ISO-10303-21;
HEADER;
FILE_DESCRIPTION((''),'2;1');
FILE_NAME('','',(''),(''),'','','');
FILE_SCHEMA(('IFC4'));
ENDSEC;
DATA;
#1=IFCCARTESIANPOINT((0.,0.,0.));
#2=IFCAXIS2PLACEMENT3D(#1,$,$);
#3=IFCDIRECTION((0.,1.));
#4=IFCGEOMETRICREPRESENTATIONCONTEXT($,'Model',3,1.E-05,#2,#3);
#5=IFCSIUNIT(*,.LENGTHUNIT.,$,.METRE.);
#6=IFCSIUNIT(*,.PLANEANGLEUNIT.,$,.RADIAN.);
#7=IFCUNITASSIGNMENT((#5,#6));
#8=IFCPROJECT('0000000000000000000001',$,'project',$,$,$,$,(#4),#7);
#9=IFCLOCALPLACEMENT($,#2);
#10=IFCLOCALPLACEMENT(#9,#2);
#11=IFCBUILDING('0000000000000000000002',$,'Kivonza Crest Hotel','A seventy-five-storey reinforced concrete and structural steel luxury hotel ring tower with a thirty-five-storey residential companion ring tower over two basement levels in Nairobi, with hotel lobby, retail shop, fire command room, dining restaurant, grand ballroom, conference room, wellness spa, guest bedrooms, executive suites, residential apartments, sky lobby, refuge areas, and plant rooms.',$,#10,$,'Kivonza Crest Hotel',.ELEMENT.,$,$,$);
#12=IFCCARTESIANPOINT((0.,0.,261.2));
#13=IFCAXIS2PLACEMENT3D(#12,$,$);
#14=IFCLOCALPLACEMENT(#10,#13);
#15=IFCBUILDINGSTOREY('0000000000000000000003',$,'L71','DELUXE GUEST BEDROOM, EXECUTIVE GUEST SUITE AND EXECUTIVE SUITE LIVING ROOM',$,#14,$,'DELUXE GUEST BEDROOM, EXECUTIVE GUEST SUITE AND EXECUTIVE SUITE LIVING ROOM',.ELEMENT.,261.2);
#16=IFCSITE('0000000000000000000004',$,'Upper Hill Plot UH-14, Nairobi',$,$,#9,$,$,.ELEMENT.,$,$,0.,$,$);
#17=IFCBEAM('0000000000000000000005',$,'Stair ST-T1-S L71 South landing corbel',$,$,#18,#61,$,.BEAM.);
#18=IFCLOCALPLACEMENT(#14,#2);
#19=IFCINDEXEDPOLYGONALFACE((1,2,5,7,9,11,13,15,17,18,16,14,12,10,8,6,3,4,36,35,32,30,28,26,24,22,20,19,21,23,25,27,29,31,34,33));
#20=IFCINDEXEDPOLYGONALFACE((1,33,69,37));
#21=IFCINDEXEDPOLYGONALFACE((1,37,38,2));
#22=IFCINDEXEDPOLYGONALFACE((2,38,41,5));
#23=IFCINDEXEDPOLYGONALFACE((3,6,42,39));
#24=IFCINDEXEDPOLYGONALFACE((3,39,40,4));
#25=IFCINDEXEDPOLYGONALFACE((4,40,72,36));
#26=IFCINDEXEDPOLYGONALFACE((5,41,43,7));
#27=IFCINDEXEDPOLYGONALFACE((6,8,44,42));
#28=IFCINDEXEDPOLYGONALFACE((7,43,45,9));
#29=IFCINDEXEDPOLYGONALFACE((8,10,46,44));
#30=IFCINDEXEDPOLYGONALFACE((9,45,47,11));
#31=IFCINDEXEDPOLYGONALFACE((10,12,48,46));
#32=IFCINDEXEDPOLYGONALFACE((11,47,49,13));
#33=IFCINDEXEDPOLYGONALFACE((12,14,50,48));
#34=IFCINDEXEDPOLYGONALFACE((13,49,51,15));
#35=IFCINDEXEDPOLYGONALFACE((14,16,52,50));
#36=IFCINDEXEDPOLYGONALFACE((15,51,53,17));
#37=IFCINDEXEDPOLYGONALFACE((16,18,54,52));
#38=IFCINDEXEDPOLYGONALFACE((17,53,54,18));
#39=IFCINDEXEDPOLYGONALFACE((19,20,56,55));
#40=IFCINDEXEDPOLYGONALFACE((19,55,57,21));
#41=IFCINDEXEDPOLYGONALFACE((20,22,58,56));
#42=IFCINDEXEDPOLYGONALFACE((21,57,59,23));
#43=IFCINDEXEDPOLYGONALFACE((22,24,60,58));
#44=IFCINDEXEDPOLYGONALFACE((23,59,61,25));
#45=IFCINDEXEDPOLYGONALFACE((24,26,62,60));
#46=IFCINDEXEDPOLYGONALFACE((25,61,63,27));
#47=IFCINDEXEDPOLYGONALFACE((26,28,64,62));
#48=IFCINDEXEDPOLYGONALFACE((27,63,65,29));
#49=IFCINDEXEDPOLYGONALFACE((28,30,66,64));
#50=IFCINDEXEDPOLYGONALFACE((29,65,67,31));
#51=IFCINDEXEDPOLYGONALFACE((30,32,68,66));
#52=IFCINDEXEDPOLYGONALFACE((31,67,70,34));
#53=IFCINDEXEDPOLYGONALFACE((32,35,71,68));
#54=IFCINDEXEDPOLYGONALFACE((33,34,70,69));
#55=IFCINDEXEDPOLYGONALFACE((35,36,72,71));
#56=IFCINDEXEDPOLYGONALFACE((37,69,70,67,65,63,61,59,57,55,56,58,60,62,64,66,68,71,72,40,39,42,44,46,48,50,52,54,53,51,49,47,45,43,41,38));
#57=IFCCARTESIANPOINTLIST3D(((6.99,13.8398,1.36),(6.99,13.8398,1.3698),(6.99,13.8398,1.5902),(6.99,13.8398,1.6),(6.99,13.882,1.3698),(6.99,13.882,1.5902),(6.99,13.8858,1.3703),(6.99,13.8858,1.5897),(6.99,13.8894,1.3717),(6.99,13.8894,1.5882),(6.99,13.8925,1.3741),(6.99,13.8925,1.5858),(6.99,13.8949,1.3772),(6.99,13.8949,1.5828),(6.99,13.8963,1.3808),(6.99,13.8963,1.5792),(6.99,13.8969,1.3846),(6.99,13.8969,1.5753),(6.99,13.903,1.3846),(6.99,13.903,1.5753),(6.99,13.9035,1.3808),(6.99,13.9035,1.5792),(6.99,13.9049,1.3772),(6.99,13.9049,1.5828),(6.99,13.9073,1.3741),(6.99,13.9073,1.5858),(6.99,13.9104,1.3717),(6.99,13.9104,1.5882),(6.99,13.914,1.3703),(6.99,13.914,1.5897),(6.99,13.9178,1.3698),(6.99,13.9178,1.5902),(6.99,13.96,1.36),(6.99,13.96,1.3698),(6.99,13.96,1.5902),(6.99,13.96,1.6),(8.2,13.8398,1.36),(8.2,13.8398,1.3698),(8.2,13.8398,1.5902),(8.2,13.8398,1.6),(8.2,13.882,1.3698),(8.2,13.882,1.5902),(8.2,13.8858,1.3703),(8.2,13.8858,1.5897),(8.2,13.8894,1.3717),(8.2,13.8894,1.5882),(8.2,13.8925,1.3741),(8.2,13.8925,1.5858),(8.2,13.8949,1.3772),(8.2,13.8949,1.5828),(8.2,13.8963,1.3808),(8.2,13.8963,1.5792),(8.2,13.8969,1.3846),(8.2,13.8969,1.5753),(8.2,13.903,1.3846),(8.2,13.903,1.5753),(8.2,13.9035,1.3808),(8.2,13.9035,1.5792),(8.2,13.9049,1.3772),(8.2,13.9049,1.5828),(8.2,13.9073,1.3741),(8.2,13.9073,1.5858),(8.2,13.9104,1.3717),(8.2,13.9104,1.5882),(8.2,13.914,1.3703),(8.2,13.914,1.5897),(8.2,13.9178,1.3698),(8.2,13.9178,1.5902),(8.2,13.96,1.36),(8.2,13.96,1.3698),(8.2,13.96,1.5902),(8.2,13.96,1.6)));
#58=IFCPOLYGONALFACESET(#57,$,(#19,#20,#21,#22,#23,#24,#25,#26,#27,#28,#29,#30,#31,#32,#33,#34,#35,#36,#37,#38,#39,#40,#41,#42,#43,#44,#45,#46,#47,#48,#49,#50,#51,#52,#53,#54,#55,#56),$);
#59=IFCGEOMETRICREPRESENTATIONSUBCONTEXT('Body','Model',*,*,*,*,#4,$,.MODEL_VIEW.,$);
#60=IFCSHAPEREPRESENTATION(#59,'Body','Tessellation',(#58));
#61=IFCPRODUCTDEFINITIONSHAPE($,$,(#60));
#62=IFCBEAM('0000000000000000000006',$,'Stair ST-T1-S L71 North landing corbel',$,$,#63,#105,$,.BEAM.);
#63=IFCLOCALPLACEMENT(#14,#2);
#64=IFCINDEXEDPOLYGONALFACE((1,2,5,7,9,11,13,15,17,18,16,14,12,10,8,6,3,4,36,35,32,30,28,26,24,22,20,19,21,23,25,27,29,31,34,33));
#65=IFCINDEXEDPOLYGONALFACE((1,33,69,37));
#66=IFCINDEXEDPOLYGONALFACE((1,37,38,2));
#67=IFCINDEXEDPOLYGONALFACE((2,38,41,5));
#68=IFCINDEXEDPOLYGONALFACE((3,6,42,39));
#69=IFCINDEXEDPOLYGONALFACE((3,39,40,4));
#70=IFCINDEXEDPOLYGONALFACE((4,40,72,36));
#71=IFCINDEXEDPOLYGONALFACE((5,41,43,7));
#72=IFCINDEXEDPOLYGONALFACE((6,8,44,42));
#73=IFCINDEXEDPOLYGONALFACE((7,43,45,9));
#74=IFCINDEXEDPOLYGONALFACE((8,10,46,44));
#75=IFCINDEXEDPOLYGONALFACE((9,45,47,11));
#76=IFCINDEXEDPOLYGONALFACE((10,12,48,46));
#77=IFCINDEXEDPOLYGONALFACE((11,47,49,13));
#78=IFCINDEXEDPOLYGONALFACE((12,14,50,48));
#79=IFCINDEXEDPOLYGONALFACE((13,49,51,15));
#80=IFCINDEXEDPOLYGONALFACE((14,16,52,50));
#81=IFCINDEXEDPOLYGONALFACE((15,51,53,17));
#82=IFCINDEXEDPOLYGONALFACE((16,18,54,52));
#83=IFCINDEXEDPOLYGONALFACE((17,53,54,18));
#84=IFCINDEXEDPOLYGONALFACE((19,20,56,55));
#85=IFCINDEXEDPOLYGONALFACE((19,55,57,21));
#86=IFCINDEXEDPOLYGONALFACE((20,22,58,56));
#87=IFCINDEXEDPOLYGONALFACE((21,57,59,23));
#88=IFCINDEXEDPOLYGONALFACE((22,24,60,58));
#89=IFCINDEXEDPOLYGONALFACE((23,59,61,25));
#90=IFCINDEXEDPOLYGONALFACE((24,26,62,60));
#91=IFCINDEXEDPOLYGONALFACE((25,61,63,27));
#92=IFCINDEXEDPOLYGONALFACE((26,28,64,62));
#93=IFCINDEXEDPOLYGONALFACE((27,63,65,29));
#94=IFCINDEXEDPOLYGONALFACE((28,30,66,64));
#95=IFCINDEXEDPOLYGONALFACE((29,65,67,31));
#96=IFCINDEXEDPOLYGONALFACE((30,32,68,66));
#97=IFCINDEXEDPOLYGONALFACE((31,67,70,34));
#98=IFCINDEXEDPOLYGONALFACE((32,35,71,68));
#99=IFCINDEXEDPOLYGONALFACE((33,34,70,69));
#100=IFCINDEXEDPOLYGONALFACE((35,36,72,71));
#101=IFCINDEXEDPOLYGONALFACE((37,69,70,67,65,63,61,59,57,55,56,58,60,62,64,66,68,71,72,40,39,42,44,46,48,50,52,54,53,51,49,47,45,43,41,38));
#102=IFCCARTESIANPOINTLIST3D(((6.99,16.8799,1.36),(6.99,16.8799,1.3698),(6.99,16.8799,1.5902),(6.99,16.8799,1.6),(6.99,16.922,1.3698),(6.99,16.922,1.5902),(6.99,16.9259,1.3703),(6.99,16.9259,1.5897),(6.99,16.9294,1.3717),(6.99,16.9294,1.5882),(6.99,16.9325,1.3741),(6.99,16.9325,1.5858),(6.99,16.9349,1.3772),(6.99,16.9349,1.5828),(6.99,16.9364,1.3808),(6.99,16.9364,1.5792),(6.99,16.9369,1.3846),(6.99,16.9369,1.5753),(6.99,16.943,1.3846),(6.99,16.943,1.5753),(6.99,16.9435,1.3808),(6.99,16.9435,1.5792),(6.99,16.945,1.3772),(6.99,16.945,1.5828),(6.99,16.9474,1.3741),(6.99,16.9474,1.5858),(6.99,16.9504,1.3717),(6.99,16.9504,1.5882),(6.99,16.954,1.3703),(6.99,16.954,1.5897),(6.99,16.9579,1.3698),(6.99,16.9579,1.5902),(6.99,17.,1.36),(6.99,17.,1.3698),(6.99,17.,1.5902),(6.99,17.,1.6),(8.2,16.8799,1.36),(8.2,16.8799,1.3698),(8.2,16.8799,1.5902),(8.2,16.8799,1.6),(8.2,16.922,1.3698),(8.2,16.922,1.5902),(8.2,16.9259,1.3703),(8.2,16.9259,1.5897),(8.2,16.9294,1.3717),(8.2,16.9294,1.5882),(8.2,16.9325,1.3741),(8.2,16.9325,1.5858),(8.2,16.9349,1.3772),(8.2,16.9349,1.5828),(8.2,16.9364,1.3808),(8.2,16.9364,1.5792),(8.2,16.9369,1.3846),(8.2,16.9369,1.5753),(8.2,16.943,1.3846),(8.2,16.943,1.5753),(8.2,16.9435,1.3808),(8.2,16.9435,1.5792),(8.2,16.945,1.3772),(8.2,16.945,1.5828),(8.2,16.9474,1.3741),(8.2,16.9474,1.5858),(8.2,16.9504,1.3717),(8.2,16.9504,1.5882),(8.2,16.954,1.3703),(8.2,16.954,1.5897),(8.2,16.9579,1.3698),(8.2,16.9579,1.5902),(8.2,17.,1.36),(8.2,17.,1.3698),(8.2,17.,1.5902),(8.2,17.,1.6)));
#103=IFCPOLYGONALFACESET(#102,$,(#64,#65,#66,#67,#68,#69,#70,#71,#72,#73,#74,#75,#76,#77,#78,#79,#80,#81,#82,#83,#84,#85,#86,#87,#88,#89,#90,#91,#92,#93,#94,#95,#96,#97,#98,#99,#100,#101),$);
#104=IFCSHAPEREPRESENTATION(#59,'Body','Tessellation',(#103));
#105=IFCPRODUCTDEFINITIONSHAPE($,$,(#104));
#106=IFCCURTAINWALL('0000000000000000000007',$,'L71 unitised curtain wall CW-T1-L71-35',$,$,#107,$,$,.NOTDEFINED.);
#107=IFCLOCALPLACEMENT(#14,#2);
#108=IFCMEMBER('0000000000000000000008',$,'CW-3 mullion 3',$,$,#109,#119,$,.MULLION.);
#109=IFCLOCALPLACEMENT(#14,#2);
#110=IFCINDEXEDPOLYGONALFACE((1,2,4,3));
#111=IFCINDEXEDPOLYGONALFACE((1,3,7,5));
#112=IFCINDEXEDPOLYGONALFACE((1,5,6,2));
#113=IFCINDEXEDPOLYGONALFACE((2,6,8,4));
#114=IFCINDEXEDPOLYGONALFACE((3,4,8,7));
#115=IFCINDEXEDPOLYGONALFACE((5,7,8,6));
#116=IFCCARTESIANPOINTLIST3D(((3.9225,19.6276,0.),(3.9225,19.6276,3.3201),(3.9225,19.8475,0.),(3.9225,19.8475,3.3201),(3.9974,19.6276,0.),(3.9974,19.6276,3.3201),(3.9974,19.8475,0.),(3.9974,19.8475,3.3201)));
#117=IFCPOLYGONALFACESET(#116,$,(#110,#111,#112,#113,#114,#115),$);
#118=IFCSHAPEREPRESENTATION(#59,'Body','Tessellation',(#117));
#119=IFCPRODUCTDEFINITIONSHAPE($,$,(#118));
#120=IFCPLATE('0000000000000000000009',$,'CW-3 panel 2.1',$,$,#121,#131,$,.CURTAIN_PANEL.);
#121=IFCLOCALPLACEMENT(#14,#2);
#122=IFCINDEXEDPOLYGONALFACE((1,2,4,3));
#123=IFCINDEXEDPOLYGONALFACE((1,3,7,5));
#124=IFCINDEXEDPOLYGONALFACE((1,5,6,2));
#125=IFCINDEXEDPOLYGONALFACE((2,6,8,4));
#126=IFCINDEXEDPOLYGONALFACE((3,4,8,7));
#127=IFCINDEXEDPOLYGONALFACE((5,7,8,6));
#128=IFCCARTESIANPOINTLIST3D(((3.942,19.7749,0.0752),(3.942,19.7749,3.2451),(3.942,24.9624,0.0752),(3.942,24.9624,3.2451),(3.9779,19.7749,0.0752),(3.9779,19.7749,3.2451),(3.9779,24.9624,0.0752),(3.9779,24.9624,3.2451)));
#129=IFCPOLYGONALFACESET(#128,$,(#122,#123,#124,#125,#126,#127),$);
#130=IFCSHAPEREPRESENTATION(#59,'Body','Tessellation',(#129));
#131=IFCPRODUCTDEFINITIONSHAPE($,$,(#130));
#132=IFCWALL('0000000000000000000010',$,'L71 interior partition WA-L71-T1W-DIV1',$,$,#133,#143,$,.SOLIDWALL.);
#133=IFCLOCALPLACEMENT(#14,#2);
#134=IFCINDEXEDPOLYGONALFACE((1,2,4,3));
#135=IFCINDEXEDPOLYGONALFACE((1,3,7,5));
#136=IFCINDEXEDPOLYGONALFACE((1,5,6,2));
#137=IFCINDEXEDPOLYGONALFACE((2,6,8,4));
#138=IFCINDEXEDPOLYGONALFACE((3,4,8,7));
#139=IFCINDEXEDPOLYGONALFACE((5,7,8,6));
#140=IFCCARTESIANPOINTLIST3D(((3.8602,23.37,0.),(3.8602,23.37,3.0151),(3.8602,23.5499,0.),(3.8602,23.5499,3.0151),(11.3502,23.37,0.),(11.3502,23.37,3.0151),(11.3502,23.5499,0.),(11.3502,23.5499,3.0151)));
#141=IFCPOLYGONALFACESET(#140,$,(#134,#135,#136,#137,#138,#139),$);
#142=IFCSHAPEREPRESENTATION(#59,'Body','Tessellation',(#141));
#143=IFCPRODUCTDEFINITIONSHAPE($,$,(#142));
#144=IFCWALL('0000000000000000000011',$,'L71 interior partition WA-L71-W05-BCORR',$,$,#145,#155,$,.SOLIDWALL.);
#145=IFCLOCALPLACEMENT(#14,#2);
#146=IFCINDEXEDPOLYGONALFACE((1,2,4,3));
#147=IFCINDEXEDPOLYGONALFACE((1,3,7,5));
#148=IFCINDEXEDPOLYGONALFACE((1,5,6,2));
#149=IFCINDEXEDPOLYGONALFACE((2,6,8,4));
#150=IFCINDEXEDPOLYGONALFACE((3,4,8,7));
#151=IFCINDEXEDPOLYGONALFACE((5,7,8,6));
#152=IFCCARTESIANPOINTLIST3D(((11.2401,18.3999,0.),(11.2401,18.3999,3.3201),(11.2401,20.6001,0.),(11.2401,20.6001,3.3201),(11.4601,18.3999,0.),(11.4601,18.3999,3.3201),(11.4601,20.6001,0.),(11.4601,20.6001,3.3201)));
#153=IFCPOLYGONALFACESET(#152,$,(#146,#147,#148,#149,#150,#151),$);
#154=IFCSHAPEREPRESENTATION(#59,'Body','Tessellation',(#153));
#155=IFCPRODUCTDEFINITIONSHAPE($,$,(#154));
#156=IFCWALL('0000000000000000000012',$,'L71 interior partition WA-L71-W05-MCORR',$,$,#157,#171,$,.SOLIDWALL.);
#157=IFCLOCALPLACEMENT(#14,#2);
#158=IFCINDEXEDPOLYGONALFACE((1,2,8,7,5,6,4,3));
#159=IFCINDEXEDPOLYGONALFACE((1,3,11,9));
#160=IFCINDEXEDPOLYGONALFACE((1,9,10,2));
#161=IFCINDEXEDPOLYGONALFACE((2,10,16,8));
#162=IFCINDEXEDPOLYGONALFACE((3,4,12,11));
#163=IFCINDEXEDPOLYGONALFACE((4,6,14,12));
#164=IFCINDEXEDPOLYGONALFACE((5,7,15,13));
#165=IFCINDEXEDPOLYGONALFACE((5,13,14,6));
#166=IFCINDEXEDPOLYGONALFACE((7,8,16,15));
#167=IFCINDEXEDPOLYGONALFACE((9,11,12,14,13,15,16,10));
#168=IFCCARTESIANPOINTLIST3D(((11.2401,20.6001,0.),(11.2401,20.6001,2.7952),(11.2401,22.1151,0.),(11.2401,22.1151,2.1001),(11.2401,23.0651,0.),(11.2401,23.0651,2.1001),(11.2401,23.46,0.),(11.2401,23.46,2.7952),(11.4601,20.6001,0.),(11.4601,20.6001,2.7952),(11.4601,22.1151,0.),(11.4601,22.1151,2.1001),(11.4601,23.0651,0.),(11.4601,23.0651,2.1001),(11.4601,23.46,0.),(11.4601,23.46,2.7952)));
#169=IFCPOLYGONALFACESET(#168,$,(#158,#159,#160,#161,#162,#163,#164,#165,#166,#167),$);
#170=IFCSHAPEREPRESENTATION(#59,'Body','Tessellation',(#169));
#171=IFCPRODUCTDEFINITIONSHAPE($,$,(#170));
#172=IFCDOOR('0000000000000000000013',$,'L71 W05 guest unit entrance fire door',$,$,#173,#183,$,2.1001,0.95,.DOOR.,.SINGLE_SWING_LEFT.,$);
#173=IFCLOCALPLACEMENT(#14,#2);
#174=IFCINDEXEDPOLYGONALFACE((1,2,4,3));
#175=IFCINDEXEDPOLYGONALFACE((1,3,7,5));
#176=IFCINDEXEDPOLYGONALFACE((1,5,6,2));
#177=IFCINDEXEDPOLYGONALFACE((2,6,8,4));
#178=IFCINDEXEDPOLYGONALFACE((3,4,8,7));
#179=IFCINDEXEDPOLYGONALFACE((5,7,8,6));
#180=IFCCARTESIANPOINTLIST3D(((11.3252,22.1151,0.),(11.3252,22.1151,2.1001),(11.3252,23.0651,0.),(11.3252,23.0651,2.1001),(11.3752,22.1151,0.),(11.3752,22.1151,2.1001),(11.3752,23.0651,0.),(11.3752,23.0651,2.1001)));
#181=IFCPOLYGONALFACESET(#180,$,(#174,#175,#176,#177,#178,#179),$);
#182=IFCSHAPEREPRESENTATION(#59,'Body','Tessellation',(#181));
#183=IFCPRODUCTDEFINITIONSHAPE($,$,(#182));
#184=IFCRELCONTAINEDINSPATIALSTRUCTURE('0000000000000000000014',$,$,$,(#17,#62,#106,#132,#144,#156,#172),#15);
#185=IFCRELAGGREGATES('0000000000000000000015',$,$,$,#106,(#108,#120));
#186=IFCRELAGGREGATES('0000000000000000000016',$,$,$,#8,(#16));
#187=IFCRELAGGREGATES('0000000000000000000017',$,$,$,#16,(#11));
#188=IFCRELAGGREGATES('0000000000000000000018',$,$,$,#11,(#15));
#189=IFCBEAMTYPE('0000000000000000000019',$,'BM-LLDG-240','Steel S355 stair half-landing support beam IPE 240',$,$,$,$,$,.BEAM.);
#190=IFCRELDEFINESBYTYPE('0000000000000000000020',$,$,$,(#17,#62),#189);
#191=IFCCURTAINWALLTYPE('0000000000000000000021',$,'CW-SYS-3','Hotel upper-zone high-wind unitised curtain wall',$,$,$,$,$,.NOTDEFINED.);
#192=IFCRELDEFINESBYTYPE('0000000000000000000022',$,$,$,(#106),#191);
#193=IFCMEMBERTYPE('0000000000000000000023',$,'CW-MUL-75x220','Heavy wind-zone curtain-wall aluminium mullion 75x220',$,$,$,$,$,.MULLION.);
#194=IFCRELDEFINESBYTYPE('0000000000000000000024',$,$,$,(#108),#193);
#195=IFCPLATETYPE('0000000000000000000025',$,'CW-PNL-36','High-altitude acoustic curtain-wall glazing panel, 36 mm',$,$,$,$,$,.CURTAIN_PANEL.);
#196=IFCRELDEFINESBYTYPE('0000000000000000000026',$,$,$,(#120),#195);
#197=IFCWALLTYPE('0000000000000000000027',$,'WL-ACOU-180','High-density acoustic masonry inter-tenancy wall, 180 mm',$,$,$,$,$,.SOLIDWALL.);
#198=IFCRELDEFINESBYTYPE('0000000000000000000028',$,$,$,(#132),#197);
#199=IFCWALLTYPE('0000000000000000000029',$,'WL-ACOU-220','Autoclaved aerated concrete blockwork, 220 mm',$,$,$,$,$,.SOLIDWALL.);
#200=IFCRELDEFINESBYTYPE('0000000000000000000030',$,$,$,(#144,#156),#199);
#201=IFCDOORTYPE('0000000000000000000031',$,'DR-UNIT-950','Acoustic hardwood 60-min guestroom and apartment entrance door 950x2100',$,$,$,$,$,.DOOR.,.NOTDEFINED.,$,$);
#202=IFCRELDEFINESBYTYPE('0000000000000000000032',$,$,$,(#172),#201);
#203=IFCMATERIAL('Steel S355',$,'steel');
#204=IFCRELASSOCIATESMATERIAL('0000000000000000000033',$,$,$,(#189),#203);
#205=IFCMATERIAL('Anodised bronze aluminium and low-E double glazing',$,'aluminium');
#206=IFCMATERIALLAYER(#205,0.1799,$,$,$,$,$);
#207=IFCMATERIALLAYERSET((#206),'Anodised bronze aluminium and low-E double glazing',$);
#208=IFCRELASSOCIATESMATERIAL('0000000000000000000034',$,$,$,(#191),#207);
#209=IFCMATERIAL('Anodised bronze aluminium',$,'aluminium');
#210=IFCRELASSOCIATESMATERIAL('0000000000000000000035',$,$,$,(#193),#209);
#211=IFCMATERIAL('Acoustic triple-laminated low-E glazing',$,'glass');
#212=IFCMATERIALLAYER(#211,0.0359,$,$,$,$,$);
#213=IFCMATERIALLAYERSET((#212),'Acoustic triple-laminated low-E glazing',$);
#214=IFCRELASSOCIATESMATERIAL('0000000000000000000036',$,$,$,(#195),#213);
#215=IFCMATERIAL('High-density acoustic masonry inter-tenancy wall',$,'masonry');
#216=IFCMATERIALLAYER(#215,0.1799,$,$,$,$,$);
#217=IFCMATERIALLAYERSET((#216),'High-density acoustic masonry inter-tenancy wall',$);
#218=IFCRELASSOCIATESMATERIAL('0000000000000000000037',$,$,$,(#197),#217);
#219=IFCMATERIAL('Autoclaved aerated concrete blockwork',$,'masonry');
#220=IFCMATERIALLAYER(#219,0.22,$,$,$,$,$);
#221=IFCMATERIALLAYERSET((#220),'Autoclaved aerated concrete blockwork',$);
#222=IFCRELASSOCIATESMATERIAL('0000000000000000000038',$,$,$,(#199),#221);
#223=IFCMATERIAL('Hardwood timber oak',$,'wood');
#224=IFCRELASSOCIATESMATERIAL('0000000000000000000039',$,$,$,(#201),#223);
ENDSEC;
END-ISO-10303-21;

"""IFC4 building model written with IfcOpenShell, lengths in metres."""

from ifc_helpers import new_model, si_unit, direction, frame, frame_2d, origin, origin_2d, place, context, subcontext, project, spatial, rectangle, i_section, extrude, material, layer, layer_set, material_profile, profile_set, type_object, element, fill, aggregate, save


model = new_model("IFC4")

# Units and contexts
model_context = context("Model", 3, precision=1e-05, world=origin(), true_north=direction((0.0, 1.0)))
body_context = subcontext(model_context, "Body", "Model", "MODEL_VIEW")
ifc_project = project(units=[si_unit("LENGTHUNIT", "METRE"), si_unit("PLANEANGLEUNIT", "RADIAN")], contexts=[model_context])

# Site, building, storey
site_placement = place(None, origin())
site = spatial("IfcSite", under=ifc_project, at=site_placement, Name="Upper Hill Plot UH-14, Nairobi", CompositionType="ELEMENT", RefElevation=0.0)
building_placement = place(site_placement, origin())
building = spatial("IfcBuilding", under=site, at=building_placement, Name="Kivonza Crest Hotel", Description="A seventy-five-storey reinforced concrete and structural steel luxury hotel ring tower with a thirty-five-storey residential companion ring tower over two basement levels in Nairobi, with hotel lobby, retail shop, fire command room, dining restaurant, grand ballroom, conference room, wellness spa, guest bedrooms, executive suites, residential apartments, sky lobby, refuge areas, and plant rooms.", LongName="Kivonza Crest Hotel", CompositionType="ELEMENT")
storey_placement = place(building_placement, frame((0.0, 0.0, 261.2)))
storey = spatial("IfcBuildingStorey", under=building, at=storey_placement, Name="L71", Description="DELUXE GUEST BEDROOM, EXECUTIVE GUEST SUITE AND EXECUTIVE SUITE LIVING ROOM", LongName="DELUXE GUEST BEDROOM, EXECUTIVE GUEST SUITE AND EXECUTIVE SUITE LIVING ROOM", CompositionType="ELEMENT", Elevation=261.2)

# Beams
ifc_material_1 = material(Name="Steel S355", Category="steel")
ifc_material_profile_1 = material_profile(ifc_material_1, i_section(OverallWidth=0.1201, OverallDepth=0.24, WebThickness=0.0061, FlangeThickness=0.0098, FilletRadius=0.0149, at=origin_2d()), Name="IPE 240")
ifc_profile_set_1 = profile_set([ifc_material_profile_1], Name="Steel S355")
beam_type_1 = type_object("IfcBeamType", Name="BM-LLDG-240", Description="Steel S355 stair half-landing support beam IPE 240", PredefinedType="BEAM", material=ifc_profile_set_1)
for number, where, z_axis, x_axis, name in (
    (1, (6.99, 13.8999, 1.48), (1.0, 0.0, 0.0), (0.0, 1.0, 0.0), "Stair ST-T1-S L71 South landing corbel"),
    (2, (6.99, 16.9399, 1.48), (1.0, 0.0, 0.0), (0.0, 1.0, 0.0), "Stair ST-T1-S L71 North landing corbel"),
):
    element("IfcBeam", number, at=place(storey_placement, frame(where, z_axis=z_axis, x_axis=x_axis)), inside=storey, type_object=beam_type_1, Name=name, PredefinedType="BEAM", context=body_context, shape_type="SweptSolid", body=[
        extrude(i_section(OverallWidth=0.1201, OverallDepth=0.24, WebThickness=0.0061, FlangeThickness=0.0098, FilletRadius=0.0149, at=origin_2d()), origin(), (0.0, 0.0, 1.0), 1.21),
    ])

# Curtain wall, member, plate
ifc_material_2 = material(Name="Anodised bronze aluminium and low-E double glazing", Category="aluminium")
ifc_layer_1 = layer(ifc_material_2, 0.1799)
ifc_layer_set_1 = layer_set([ifc_layer_1], Name="Anodised bronze aluminium and low-E double glazing")
curtain_wall_type = type_object("IfcCurtainWallType", Name="CW-SYS-3", Description="Hotel upper-zone high-wind unitised curtain wall", PredefinedType="NOTDEFINED", material=ifc_layer_set_1)
curtain_wall_placement = place(storey_placement, origin())
curtain_wall = element("IfcCurtainWall", 3, at=curtain_wall_placement, inside=storey, type_object=curtain_wall_type, Name="L71 unitised curtain wall CW-T1-L71-35", PredefinedType="NOTDEFINED")
ifc_material_3 = material(Name="Anodised bronze aluminium", Category="aluminium")
ifc_material_profile_2 = material_profile(ifc_material_3, rectangle(XDim=0.075, YDim=0.22, at=origin_2d()), Name="CW-M 75x220")
ifc_profile_set_2 = profile_set([ifc_material_profile_2], Name="Anodised bronze aluminium")
member_type = type_object("IfcMemberType", Name="CW-MUL-75x220", Description="Heavy wind-zone curtain-wall aluminium mullion 75x220", PredefinedType="MULLION", material=ifc_profile_set_2)
member_placement = place(storey_placement, frame((3.96, 19.7375, 0.0), z_axis=(0.0, 0.0, 1.0), x_axis=(1.0, 0.0, 0.0)))
member = element("IfcMember", 4, at=member_placement, type_object=member_type, Name="CW-3 mullion 3", PredefinedType="MULLION", context=body_context, shape_type="SweptSolid", body=[
    extrude(rectangle(XDim=0.075, YDim=0.22, at=origin_2d()), origin(), (0.0, 0.0, 1.0), 3.3201),
])
ifc_material_4 = material(Name="Acoustic triple-laminated low-E glazing", Category="glass")
ifc_layer_2 = layer(ifc_material_4, 0.0359)
ifc_layer_set_2 = layer_set([ifc_layer_2], Name="Acoustic triple-laminated low-E glazing")
plate_type = type_object("IfcPlateType", Name="CW-PNL-36", Description="High-altitude acoustic curtain-wall glazing panel, 36 mm", PredefinedType="CURTAIN_PANEL", material=ifc_layer_set_2)
plate_placement = place(storey_placement, frame((3.96, 22.3687, 0.0752), z_axis=(0.0, 0.0, 1.0), x_axis=(0.0, -1.0, 0.0)))
plate = element("IfcPlate", 5, at=plate_placement, type_object=plate_type, Name="CW-3 panel 2.1", PredefinedType="CURTAIN_PANEL", context=body_context, shape_type="SweptSolid", body=[
    extrude(rectangle(XDim=5.1875, YDim=0.0359, at=origin_2d()), origin(), (0.0, 0.0, 1.0), 3.1699),
])
aggregate(curtain_wall, [member, plate])

# Walls
ifc_material_5 = material(Name="High-density acoustic masonry inter-tenancy wall", Category="masonry")
ifc_layer_3 = layer(ifc_material_5, 0.1799)
ifc_layer_set_3 = layer_set([ifc_layer_3], Name="High-density acoustic masonry inter-tenancy wall")
wall_type_1 = type_object("IfcWallType", Name="WL-ACOU-180", Description="High-density acoustic masonry inter-tenancy wall, 180 mm", PredefinedType="SOLIDWALL", material=ifc_layer_set_3)
wall_1_placement = place(storey_placement, frame((3.8601, 23.46, 0.0), z_axis=(0.0, 0.0, 1.0), x_axis=(1.0, 0.0, 0.0)))
element("IfcWall", 6, at=wall_1_placement, inside=storey, type_object=wall_type_1, Name="L71 interior partition WA-L71-T1W-DIV1", PredefinedType="SOLIDWALL", context=body_context, shape_type="SweptSolid", body=[
    extrude(rectangle(XDim=7.49, YDim=0.1799, at=frame_2d((3.7451, 0.0))), origin(), (0.0, 0.0, 1.0), 3.0151),
])
ifc_material_6 = material(Name="Autoclaved aerated concrete blockwork", Category="masonry")
ifc_layer_4 = layer(ifc_material_6, 0.22)
ifc_layer_set_4 = layer_set([ifc_layer_4], Name="Autoclaved aerated concrete blockwork")
wall_type_2 = type_object("IfcWallType", Name="WL-ACOU-220", Description="Autoclaved aerated concrete blockwork, 220 mm", PredefinedType="SOLIDWALL", material=ifc_layer_set_4)
wall_2_placement = place(storey_placement, frame((11.3501, 18.3999, 0.0), z_axis=(0.0, 0.0, 1.0), x_axis=(0.0, 1.0, 0.0)))
element("IfcWall", 7, at=wall_2_placement, inside=storey, type_object=wall_type_2, Name="L71 interior partition WA-L71-W05-BCORR", PredefinedType="SOLIDWALL", context=body_context, shape_type="SweptSolid", body=[
    extrude(rectangle(XDim=2.2002, YDim=0.22, at=frame_2d((1.1001, 0.0))), origin(), (0.0, 0.0, 1.0), 3.3201),
])

# Wall, opening, door
wall_3_placement = place(storey_placement, frame((11.3501, 20.6001, 0.0), z_axis=(0.0, 0.0, 1.0), x_axis=(0.0, 1.0, 0.0)))
wall_3 = element("IfcWall", 8, at=wall_3_placement, inside=storey, type_object=wall_type_2, Name="L71 interior partition WA-L71-W05-MCORR", PredefinedType="SOLIDWALL", context=body_context, shape_type="SweptSolid", body=[
    extrude(rectangle(XDim=2.8599, YDim=0.22, at=frame_2d((1.4299, 0.0))), origin(), (0.0, 0.0, 1.0), 2.7952),
])
opening_1_placement = place(wall_3_placement, frame((1.5149, 0.0, 0.0)))
opening_1 = element("IfcOpeningElement", 9, at=opening_1_placement, cuts=wall_3, PredefinedType="OPENING", context=body_context, shape_type="SweptSolid", body=[
    extrude(rectangle(XDim=0.95, YDim=2.1001, at=frame_2d((0.4751, 1.05))), frame((0.0, 0.1201, 0.0), z_axis=(0.0, -1.0, 0.0), x_axis=(1.0, 0.0, 0.0)), (0.0, 0.0, 1.0), 0.24),
])
ifc_material_7 = material(Name="Hardwood timber oak", Category="wood")
door_type_1 = type_object("IfcDoorType", Name="DR-UNIT-950", Description="Acoustic hardwood 60-min guestroom and apartment entrance door 950x2100", OperationType="NOTDEFINED", PredefinedType="DOOR", material=ifc_material_7)
door_1_placement = place(opening_1_placement, origin())
door_1 = element("IfcDoor", 10, at=door_1_placement, inside=storey, type_object=door_type_1, Name="L71 W05 guest unit entrance fire door", OperationType="SINGLE_SWING_LEFT", OverallHeight=2.1001, OverallWidth=0.95, PredefinedType="DOOR", context=body_context, shape_type="SweptSolid", body=[
    extrude(rectangle(XDim=0.95, YDim=2.1001, at=frame_2d((0.4751, 1.05))), frame((0.0, 0.0249, 0.0), z_axis=(0.0, -1.0, 0.0), x_axis=(1.0, 0.0, 0.0)), (0.0, 0.0, 1.0), 0.05),
])
fill(opening_1, door_1)

save(model, "model.ifc")
